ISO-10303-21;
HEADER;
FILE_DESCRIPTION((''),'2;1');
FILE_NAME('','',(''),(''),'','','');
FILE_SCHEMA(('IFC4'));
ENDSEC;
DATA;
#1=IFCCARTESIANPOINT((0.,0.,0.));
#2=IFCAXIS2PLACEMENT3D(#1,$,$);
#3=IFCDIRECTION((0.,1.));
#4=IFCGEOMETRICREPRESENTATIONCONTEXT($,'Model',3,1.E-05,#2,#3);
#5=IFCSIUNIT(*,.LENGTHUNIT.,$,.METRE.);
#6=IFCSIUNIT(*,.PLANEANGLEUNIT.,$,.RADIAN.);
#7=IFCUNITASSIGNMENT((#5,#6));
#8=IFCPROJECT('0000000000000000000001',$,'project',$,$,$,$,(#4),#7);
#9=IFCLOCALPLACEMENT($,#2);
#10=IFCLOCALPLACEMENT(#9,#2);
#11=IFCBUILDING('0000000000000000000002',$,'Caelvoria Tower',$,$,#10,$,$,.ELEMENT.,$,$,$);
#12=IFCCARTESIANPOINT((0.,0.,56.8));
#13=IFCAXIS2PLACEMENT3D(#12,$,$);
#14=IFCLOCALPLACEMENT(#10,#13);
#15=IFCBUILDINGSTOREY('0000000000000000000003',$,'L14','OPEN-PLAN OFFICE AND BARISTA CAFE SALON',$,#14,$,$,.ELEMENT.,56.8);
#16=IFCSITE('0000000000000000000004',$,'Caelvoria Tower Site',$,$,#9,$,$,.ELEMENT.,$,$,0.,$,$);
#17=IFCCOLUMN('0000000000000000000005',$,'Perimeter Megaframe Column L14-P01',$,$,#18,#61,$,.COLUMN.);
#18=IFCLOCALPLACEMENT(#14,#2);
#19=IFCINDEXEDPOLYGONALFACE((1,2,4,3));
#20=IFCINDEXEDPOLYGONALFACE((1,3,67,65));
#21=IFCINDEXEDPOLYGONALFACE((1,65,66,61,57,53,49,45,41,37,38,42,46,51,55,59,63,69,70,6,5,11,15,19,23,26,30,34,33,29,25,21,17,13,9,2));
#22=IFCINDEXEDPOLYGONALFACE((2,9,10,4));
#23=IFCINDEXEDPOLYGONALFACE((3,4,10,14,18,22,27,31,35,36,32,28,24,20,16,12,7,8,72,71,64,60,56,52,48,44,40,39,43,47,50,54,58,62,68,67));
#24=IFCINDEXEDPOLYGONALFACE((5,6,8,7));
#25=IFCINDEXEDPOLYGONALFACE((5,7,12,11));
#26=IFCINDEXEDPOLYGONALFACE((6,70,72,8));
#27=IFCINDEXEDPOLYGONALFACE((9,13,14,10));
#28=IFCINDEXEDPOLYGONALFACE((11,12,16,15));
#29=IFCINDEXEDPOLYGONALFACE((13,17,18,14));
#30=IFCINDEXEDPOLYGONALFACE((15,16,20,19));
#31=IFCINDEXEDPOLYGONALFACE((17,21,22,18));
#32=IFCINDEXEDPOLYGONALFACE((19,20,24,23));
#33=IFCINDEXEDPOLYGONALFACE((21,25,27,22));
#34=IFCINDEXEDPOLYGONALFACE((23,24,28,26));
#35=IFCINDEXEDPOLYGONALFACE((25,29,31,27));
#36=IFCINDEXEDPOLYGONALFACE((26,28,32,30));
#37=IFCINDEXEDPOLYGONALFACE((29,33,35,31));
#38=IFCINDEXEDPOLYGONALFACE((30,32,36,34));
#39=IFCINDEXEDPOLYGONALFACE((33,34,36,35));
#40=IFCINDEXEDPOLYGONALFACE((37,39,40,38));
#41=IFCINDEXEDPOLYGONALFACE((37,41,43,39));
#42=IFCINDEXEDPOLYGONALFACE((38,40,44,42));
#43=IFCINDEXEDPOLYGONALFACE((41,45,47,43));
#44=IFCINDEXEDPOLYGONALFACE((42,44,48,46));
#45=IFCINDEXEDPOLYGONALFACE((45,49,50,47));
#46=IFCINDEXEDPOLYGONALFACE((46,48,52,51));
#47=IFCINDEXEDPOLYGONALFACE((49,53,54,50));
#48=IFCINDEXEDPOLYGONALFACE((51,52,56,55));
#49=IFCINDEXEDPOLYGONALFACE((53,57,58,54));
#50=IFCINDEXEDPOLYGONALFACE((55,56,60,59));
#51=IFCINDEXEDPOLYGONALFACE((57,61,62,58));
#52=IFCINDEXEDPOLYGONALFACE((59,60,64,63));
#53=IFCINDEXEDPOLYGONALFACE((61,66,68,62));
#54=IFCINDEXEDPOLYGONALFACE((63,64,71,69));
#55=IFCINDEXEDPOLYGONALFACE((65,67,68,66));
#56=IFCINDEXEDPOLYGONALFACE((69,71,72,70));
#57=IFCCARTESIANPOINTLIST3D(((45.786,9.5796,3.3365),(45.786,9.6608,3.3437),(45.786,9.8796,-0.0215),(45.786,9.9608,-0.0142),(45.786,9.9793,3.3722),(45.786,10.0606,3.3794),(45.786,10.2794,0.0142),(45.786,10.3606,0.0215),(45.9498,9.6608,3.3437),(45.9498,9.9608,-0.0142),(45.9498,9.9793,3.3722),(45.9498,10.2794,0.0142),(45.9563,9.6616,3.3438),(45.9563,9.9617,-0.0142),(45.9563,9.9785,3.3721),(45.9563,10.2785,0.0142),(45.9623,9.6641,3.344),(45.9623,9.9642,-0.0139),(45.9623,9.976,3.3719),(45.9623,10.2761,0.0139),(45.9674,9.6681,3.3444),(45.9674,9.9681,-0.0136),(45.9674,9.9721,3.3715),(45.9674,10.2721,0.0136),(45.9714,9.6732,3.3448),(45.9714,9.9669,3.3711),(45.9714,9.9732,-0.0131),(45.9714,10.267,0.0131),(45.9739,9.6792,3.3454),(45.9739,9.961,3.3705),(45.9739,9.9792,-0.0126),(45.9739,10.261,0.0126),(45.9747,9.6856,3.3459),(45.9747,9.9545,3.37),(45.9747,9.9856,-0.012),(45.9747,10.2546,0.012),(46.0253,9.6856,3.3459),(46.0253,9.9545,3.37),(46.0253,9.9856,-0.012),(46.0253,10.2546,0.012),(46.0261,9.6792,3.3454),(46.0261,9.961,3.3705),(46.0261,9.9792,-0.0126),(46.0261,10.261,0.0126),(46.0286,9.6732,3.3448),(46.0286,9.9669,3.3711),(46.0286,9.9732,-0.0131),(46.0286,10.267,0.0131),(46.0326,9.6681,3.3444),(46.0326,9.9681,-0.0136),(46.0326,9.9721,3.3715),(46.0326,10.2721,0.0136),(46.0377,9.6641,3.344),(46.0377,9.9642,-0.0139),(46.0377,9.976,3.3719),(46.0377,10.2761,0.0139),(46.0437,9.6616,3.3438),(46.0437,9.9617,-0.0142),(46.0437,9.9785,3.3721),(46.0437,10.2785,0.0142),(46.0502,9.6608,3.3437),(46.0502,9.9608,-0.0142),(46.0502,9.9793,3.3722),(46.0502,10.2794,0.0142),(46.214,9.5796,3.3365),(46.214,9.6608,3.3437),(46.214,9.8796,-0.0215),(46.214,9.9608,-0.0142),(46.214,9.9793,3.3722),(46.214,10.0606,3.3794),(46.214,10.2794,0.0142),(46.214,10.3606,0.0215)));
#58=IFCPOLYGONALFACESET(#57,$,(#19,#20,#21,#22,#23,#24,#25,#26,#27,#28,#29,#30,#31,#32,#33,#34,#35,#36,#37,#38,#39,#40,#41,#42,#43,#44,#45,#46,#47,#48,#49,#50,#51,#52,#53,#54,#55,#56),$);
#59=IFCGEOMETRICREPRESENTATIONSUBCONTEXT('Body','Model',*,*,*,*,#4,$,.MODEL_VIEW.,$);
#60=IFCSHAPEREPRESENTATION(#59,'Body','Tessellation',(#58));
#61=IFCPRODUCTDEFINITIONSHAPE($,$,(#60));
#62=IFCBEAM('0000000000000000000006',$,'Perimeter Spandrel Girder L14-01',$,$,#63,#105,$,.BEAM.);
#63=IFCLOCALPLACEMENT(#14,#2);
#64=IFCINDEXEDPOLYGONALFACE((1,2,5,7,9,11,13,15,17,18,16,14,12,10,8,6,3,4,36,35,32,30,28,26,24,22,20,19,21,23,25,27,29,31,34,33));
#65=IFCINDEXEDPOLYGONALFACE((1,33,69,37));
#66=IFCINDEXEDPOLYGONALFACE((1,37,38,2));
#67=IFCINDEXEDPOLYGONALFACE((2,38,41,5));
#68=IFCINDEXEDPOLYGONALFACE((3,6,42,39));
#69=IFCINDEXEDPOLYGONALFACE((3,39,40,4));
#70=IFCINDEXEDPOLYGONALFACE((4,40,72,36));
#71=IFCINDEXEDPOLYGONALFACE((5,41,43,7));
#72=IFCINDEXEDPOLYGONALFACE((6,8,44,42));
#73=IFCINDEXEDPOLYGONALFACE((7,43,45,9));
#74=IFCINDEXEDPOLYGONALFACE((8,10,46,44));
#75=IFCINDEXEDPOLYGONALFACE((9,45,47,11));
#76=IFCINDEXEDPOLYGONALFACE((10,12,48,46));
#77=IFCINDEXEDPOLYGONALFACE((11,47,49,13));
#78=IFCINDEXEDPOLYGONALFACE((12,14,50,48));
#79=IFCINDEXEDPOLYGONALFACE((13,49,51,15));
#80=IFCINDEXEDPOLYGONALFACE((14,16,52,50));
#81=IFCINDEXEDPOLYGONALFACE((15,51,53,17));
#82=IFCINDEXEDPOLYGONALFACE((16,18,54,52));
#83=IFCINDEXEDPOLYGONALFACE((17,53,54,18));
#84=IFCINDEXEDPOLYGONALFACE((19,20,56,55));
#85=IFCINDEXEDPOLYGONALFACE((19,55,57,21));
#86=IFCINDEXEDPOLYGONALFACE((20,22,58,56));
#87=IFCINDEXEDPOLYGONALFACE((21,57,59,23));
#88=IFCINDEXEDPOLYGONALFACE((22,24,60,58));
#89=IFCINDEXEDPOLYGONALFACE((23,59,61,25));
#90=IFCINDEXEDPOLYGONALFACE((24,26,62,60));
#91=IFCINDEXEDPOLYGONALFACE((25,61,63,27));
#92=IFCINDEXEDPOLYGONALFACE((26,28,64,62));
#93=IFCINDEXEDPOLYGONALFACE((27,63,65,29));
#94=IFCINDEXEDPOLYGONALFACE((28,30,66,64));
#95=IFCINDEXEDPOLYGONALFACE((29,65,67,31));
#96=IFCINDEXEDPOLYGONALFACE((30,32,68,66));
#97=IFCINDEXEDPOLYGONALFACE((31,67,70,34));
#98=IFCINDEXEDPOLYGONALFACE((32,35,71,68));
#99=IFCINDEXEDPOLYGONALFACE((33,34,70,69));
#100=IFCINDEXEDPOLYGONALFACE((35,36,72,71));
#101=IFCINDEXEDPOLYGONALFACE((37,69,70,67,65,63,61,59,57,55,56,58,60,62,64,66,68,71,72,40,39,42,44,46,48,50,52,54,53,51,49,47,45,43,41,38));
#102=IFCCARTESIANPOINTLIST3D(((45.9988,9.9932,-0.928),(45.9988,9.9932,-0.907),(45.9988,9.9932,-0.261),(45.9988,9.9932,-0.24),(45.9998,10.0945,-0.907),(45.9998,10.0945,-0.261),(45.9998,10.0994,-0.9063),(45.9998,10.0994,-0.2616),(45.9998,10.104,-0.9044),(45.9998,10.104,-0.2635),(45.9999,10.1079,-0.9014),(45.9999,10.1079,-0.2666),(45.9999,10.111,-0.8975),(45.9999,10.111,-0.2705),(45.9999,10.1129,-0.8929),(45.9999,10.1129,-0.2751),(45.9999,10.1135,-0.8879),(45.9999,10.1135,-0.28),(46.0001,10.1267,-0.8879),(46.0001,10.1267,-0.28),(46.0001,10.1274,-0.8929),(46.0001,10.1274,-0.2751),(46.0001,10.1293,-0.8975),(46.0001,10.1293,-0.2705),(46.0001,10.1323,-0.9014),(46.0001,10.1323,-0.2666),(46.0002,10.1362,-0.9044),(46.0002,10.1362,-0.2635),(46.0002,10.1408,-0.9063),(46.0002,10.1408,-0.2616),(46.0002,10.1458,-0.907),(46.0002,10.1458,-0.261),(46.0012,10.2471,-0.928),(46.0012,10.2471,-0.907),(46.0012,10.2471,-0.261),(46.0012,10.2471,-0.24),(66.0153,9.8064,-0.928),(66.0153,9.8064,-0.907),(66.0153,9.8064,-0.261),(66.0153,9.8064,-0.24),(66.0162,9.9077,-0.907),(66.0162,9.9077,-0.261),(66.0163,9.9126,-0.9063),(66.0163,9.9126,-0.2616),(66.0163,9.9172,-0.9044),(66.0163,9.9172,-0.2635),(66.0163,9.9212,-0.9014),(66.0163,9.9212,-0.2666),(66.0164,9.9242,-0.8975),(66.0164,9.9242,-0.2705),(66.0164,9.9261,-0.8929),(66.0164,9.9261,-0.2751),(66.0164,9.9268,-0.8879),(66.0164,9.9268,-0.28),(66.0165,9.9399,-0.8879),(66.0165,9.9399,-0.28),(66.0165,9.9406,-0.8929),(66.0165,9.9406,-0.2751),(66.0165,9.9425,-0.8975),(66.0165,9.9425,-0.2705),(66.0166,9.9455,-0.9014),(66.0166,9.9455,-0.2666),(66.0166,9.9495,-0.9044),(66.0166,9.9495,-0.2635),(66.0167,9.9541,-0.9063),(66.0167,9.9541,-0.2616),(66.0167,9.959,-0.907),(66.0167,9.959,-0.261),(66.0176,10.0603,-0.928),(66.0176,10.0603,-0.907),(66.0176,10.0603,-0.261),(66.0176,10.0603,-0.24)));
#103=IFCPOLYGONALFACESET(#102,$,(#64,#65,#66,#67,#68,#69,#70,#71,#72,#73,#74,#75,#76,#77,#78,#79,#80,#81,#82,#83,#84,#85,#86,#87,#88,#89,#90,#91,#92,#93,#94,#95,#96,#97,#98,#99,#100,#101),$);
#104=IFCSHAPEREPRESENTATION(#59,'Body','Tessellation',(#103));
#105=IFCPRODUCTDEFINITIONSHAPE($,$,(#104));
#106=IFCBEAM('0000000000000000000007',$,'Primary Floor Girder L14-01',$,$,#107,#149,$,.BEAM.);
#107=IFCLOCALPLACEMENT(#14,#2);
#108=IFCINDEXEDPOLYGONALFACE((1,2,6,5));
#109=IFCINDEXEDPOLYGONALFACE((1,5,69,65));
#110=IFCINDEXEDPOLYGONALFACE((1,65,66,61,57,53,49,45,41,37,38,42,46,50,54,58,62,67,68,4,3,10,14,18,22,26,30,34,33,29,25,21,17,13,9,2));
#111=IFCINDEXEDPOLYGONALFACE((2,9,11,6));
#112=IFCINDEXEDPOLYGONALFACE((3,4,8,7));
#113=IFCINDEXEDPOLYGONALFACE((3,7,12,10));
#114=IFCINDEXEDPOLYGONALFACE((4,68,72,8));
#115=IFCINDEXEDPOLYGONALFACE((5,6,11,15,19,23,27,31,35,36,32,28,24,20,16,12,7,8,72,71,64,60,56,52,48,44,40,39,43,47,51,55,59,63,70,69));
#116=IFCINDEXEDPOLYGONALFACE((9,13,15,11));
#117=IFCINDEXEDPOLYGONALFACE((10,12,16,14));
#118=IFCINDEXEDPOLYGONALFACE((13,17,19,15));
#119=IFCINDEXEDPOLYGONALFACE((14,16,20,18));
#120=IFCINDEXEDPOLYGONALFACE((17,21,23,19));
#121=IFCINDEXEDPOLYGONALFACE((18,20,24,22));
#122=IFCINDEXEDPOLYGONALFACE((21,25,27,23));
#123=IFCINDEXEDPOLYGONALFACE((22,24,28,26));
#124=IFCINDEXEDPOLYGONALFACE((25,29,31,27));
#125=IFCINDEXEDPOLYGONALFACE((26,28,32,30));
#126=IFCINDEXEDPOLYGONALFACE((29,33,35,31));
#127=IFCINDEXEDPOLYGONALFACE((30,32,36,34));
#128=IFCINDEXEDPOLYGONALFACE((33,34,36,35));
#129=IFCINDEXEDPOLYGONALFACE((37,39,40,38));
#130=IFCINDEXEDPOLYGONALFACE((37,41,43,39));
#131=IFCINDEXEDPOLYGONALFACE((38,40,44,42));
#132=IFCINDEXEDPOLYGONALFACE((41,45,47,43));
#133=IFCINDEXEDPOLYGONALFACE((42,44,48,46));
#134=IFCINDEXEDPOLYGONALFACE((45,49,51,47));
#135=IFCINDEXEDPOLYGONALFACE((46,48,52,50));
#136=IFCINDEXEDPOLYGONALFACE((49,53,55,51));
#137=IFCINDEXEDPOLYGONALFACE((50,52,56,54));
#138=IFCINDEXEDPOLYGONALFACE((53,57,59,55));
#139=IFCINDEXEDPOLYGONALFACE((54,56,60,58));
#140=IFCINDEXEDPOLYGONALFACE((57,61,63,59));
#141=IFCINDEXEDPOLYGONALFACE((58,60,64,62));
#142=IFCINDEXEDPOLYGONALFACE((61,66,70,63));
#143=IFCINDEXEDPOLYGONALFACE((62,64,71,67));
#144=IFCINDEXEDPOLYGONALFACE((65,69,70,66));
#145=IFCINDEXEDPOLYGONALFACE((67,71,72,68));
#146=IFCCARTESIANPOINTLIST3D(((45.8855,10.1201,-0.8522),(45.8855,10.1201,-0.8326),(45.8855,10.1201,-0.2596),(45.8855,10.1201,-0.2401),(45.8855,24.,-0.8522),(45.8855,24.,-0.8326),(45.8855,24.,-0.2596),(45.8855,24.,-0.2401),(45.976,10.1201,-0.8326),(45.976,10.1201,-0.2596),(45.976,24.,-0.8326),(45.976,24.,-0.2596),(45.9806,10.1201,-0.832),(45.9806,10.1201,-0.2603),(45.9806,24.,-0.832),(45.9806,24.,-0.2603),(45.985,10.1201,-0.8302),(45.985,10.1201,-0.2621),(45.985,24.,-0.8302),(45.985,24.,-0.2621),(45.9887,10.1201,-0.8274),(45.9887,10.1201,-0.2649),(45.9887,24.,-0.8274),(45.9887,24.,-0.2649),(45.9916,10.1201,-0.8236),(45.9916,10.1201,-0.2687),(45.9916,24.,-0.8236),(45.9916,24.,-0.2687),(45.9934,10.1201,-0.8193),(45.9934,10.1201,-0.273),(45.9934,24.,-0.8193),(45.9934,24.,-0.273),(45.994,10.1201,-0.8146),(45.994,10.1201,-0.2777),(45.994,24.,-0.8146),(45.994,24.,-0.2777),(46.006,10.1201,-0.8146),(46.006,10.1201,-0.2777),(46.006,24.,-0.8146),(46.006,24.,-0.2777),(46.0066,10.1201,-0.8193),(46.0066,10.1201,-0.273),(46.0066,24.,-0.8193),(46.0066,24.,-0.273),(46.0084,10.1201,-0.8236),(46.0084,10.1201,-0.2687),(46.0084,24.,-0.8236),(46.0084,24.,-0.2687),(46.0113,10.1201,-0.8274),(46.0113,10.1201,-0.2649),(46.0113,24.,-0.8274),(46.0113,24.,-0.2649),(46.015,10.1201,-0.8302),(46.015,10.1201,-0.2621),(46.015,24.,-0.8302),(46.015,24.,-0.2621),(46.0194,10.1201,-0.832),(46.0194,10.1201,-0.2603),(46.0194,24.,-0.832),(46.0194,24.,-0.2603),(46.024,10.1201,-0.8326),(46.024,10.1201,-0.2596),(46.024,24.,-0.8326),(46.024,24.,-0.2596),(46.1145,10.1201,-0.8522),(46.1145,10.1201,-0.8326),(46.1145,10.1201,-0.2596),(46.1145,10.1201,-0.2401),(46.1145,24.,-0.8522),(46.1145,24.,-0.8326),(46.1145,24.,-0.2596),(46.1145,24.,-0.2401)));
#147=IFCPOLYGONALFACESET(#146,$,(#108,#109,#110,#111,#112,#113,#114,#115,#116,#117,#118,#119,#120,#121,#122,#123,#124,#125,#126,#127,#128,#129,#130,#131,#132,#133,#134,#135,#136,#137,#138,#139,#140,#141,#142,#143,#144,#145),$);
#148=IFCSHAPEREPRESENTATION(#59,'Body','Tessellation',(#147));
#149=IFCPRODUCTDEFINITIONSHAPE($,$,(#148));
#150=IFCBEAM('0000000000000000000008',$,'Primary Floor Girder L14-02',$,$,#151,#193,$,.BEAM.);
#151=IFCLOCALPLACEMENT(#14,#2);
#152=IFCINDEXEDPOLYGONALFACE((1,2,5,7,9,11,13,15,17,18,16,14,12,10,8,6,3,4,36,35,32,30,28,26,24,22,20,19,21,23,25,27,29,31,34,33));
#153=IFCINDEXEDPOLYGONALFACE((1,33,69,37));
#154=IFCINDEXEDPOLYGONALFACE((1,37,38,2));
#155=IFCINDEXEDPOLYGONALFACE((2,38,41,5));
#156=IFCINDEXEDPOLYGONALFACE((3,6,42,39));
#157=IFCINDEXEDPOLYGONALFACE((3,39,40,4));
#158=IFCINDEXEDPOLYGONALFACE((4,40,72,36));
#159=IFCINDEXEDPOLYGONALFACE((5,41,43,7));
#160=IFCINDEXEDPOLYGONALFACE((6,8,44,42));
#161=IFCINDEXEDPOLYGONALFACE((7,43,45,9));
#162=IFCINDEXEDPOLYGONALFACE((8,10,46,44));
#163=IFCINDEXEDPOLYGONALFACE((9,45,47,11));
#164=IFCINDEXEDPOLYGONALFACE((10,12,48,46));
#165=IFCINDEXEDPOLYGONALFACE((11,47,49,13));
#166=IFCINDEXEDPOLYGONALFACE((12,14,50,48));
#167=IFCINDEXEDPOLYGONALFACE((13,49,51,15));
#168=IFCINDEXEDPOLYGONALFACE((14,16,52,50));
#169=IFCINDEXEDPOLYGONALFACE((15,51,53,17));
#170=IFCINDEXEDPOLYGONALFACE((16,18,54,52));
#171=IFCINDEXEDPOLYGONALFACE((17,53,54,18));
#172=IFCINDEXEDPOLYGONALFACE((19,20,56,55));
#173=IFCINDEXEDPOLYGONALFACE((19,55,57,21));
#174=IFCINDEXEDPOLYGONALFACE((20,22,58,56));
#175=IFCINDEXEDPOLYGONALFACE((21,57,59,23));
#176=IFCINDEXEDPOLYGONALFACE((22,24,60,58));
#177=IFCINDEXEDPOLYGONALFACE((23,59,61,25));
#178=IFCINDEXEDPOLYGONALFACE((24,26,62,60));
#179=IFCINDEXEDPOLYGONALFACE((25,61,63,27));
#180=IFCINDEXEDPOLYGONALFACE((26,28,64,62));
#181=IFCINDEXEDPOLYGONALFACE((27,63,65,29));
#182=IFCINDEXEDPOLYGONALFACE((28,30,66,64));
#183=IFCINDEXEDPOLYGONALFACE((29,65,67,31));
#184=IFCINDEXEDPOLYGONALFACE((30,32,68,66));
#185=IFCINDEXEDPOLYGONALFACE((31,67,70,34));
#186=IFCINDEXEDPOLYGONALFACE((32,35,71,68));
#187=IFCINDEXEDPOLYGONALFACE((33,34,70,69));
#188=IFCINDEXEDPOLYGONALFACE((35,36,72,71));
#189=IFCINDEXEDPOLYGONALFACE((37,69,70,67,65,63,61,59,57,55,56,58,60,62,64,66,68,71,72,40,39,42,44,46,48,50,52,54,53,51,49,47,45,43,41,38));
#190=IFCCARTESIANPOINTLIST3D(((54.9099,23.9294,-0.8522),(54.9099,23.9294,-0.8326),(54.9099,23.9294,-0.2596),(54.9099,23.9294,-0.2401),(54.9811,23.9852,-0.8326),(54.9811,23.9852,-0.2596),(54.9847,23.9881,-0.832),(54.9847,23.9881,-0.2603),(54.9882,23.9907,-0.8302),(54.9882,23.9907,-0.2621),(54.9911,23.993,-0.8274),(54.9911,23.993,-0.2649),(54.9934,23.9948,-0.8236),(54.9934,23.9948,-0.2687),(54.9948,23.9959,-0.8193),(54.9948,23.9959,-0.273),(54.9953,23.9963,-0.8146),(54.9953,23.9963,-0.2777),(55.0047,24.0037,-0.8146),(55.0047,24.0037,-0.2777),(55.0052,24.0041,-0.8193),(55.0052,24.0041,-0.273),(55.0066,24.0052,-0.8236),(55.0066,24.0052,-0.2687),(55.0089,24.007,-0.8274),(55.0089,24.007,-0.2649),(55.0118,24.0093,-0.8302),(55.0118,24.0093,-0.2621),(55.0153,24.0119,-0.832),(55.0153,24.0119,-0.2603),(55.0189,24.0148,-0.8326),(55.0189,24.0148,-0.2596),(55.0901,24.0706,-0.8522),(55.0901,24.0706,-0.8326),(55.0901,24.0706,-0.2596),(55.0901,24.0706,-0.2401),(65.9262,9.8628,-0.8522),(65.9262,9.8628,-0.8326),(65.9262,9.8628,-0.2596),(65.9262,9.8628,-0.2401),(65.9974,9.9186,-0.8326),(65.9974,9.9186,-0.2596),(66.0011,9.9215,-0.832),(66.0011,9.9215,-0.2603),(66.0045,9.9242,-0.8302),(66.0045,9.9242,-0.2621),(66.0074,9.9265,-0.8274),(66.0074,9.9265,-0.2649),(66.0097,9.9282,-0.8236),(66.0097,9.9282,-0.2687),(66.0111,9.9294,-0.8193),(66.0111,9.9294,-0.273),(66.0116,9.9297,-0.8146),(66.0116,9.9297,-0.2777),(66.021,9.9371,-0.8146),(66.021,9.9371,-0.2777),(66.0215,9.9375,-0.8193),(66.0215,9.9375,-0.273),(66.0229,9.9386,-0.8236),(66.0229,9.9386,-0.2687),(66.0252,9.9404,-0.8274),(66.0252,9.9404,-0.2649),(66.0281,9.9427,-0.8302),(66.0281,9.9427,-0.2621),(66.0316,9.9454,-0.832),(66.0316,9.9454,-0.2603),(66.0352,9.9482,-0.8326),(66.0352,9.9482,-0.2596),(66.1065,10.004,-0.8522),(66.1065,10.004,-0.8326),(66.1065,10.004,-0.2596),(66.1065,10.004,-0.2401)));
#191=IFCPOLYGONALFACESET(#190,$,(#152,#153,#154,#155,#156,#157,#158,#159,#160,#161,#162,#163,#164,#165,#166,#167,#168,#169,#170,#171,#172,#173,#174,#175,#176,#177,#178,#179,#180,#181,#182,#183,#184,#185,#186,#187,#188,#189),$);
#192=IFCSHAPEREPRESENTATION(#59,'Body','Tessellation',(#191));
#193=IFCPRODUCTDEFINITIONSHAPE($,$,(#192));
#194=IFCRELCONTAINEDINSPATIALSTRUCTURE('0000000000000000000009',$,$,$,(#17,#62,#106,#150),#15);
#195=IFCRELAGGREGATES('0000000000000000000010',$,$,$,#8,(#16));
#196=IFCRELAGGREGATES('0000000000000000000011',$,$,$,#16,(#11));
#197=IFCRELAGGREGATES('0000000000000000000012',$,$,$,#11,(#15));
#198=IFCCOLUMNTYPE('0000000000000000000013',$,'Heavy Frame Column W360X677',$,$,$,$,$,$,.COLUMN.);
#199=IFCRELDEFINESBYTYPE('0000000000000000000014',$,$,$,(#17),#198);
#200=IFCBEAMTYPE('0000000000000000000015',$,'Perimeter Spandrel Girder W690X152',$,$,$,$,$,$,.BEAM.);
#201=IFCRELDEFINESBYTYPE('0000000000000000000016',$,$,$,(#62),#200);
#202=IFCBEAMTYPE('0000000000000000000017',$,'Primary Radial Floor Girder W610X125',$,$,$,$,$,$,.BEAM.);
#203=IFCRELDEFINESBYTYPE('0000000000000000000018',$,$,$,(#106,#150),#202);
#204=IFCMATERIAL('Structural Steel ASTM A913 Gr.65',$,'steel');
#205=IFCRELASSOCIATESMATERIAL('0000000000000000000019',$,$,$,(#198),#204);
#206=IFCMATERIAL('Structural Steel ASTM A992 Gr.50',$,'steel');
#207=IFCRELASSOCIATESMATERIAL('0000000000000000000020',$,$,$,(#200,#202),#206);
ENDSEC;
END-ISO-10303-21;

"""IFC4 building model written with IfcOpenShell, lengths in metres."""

from ifc_helpers import new_model, si_unit, direction, frame, origin, origin_2d, place, context, subcontext, project, spatial, i_section, extrude, material, material_profile, profile_set, type_object, element, save


model = new_model("IFC4")

# Units and contexts
model_context = context("Model", 3, precision=1e-05, world=origin(), true_north=direction((0.0, 1.0)))
body_context = subcontext(model_context, "Body", "Model", "MODEL_VIEW")
ifc_project = project(units=[si_unit("LENGTHUNIT", "METRE"), si_unit("PLANEANGLEUNIT", "RADIAN")], contexts=[model_context])

# Site, building, storey
site_placement = place(None, origin())
site = spatial("IfcSite", under=ifc_project, at=site_placement, Name="Caelvoria Tower Site", CompositionType="ELEMENT", RefElevation=0.0)
building_placement = place(site_placement, origin())
building = spatial("IfcBuilding", under=site, at=building_placement, Name="Caelvoria Tower", CompositionType="ELEMENT")
storey_placement = place(building_placement, frame((0.0, 0.0, 56.8)))
storey = spatial("IfcBuildingStorey", under=building, at=storey_placement, Name="L14", Description="OPEN-PLAN OFFICE AND BARISTA CAFE SALON", CompositionType="ELEMENT", Elevation=56.8)

# Column
ifc_material_1 = material(Name="Structural Steel ASTM A913 Gr.65", Category="steel")
ifc_material_profile_1 = material_profile(ifc_material_1, i_section(OverallWidth=0.428, OverallDepth=0.4829, WebThickness=0.0505, FlangeThickness=0.0815, FilletRadius=0.0249, at=origin_2d()), Name="Structural Steel ASTM A913 Gr.65")
ifc_profile_set_1 = profile_set([ifc_material_profile_1], Name="W360X677 - Structural Steel ASTM A913 Gr.65")
column_type = type_object("IfcColumnType", Name="Heavy Frame Column W360X677", PredefinedType="COLUMN", material=ifc_profile_set_1)
column_placement = place(storey_placement, frame((46.0, 10.1201, 0.0), z_axis=(0.0, -0.089001, 0.996032), x_axis=(1.0, 0.0, 0.0)))
element("IfcColumn", 1, at=column_placement, inside=storey, type_object=column_type, Name="Perimeter Megaframe Column L14-P01", PredefinedType="COLUMN", context=body_context, shape_type="SweptSolid", body=[
    extrude(i_section(OverallWidth=0.428, OverallDepth=0.4829, WebThickness=0.0505, FlangeThickness=0.0815, FilletRadius=0.0249, at=origin_2d()), origin(), (0.0, 0.0, 1.0), 3.3713),
])

# Beams
ifc_material_2 = material(Name="Structural Steel ASTM A992 Gr.50", Category="steel")
ifc_material_profile_2 = material_profile(ifc_material_2, i_section(OverallWidth=0.2539, OverallDepth=0.688, WebThickness=0.0132, FlangeThickness=0.021, FilletRadius=0.019, at=origin_2d()), Name="Structural Steel ASTM A992 Gr.50")
ifc_profile_set_2 = profile_set([ifc_material_profile_2], Name="W690X152 - Structural Steel ASTM A992 Gr.50")
beam_type_1 = type_object("IfcBeamType", Name="Perimeter Spandrel Girder W690X152", PredefinedType="BEAM", material=ifc_profile_set_2)
beam_1_placement = place(storey_placement, frame((46.0, 10.1201, -0.584), z_axis=(0.999956, -0.00933, 0.0), x_axis=(0.00933, 0.999956, 0.0)))
element("IfcBeam", 2, at=beam_1_placement, inside=storey, type_object=beam_type_1, Name="Perimeter Spandrel Girder L14-01", PredefinedType="BEAM", context=body_context, shape_type="SweptSolid", body=[
    extrude(i_section(OverallWidth=0.2539, OverallDepth=0.688, WebThickness=0.0132, FlangeThickness=0.021, FilletRadius=0.019, at=origin_2d()), origin(), (0.0, 0.0, 1.0), 20.0173),
])
ifc_material_profile_3 = material_profile(ifc_material_2, i_section(OverallWidth=0.229, OverallDepth=0.6121, WebThickness=0.012, FlangeThickness=0.0195, FilletRadius=0.0181, at=origin_2d()), Name="Structural Steel ASTM A992 Gr.50")
ifc_profile_set_3 = profile_set([ifc_material_profile_3], Name="W610X125 - Structural Steel ASTM A992 Gr.50")
beam_type_2 = type_object("IfcBeamType", Name="Primary Radial Floor Girder W610X125", PredefinedType="BEAM", material=ifc_profile_set_3)
beam_2_placement = place(storey_placement, frame((46.0, 24.0, -0.5461), z_axis=(0.0, -1.0, 0.0), x_axis=(1.0, 0.0, 0.0)))
element("IfcBeam", 3, at=beam_2_placement, inside=storey, type_object=beam_type_2, Name="Primary Floor Girder L14-01", PredefinedType="BEAM", context=body_context, shape_type="SweptSolid", body=[
    extrude(i_section(OverallWidth=0.229, OverallDepth=0.6121, WebThickness=0.012, FlangeThickness=0.0195, FilletRadius=0.0181, at=origin_2d()), origin(), (0.0, 0.0, 1.0), 13.8799),
])
beam_3_placement = place(storey_placement, frame((55.0, 24.0, -0.5461), z_axis=(0.616575, -0.787296, 0.0), x_axis=(0.787296, 0.616575, 0.0)))
element("IfcBeam", 4, at=beam_3_placement, inside=storey, type_object=beam_type_2, Name="Primary Floor Girder L14-02", PredefinedType="BEAM", context=body_context, shape_type="SweptSolid", body=[
    extrude(i_section(OverallWidth=0.229, OverallDepth=0.6121, WebThickness=0.012, FlangeThickness=0.0195, FilletRadius=0.0181, at=origin_2d()), origin(), (0.0, 0.0, 1.0), 17.8669),
])

save(model, "model.ifc")
